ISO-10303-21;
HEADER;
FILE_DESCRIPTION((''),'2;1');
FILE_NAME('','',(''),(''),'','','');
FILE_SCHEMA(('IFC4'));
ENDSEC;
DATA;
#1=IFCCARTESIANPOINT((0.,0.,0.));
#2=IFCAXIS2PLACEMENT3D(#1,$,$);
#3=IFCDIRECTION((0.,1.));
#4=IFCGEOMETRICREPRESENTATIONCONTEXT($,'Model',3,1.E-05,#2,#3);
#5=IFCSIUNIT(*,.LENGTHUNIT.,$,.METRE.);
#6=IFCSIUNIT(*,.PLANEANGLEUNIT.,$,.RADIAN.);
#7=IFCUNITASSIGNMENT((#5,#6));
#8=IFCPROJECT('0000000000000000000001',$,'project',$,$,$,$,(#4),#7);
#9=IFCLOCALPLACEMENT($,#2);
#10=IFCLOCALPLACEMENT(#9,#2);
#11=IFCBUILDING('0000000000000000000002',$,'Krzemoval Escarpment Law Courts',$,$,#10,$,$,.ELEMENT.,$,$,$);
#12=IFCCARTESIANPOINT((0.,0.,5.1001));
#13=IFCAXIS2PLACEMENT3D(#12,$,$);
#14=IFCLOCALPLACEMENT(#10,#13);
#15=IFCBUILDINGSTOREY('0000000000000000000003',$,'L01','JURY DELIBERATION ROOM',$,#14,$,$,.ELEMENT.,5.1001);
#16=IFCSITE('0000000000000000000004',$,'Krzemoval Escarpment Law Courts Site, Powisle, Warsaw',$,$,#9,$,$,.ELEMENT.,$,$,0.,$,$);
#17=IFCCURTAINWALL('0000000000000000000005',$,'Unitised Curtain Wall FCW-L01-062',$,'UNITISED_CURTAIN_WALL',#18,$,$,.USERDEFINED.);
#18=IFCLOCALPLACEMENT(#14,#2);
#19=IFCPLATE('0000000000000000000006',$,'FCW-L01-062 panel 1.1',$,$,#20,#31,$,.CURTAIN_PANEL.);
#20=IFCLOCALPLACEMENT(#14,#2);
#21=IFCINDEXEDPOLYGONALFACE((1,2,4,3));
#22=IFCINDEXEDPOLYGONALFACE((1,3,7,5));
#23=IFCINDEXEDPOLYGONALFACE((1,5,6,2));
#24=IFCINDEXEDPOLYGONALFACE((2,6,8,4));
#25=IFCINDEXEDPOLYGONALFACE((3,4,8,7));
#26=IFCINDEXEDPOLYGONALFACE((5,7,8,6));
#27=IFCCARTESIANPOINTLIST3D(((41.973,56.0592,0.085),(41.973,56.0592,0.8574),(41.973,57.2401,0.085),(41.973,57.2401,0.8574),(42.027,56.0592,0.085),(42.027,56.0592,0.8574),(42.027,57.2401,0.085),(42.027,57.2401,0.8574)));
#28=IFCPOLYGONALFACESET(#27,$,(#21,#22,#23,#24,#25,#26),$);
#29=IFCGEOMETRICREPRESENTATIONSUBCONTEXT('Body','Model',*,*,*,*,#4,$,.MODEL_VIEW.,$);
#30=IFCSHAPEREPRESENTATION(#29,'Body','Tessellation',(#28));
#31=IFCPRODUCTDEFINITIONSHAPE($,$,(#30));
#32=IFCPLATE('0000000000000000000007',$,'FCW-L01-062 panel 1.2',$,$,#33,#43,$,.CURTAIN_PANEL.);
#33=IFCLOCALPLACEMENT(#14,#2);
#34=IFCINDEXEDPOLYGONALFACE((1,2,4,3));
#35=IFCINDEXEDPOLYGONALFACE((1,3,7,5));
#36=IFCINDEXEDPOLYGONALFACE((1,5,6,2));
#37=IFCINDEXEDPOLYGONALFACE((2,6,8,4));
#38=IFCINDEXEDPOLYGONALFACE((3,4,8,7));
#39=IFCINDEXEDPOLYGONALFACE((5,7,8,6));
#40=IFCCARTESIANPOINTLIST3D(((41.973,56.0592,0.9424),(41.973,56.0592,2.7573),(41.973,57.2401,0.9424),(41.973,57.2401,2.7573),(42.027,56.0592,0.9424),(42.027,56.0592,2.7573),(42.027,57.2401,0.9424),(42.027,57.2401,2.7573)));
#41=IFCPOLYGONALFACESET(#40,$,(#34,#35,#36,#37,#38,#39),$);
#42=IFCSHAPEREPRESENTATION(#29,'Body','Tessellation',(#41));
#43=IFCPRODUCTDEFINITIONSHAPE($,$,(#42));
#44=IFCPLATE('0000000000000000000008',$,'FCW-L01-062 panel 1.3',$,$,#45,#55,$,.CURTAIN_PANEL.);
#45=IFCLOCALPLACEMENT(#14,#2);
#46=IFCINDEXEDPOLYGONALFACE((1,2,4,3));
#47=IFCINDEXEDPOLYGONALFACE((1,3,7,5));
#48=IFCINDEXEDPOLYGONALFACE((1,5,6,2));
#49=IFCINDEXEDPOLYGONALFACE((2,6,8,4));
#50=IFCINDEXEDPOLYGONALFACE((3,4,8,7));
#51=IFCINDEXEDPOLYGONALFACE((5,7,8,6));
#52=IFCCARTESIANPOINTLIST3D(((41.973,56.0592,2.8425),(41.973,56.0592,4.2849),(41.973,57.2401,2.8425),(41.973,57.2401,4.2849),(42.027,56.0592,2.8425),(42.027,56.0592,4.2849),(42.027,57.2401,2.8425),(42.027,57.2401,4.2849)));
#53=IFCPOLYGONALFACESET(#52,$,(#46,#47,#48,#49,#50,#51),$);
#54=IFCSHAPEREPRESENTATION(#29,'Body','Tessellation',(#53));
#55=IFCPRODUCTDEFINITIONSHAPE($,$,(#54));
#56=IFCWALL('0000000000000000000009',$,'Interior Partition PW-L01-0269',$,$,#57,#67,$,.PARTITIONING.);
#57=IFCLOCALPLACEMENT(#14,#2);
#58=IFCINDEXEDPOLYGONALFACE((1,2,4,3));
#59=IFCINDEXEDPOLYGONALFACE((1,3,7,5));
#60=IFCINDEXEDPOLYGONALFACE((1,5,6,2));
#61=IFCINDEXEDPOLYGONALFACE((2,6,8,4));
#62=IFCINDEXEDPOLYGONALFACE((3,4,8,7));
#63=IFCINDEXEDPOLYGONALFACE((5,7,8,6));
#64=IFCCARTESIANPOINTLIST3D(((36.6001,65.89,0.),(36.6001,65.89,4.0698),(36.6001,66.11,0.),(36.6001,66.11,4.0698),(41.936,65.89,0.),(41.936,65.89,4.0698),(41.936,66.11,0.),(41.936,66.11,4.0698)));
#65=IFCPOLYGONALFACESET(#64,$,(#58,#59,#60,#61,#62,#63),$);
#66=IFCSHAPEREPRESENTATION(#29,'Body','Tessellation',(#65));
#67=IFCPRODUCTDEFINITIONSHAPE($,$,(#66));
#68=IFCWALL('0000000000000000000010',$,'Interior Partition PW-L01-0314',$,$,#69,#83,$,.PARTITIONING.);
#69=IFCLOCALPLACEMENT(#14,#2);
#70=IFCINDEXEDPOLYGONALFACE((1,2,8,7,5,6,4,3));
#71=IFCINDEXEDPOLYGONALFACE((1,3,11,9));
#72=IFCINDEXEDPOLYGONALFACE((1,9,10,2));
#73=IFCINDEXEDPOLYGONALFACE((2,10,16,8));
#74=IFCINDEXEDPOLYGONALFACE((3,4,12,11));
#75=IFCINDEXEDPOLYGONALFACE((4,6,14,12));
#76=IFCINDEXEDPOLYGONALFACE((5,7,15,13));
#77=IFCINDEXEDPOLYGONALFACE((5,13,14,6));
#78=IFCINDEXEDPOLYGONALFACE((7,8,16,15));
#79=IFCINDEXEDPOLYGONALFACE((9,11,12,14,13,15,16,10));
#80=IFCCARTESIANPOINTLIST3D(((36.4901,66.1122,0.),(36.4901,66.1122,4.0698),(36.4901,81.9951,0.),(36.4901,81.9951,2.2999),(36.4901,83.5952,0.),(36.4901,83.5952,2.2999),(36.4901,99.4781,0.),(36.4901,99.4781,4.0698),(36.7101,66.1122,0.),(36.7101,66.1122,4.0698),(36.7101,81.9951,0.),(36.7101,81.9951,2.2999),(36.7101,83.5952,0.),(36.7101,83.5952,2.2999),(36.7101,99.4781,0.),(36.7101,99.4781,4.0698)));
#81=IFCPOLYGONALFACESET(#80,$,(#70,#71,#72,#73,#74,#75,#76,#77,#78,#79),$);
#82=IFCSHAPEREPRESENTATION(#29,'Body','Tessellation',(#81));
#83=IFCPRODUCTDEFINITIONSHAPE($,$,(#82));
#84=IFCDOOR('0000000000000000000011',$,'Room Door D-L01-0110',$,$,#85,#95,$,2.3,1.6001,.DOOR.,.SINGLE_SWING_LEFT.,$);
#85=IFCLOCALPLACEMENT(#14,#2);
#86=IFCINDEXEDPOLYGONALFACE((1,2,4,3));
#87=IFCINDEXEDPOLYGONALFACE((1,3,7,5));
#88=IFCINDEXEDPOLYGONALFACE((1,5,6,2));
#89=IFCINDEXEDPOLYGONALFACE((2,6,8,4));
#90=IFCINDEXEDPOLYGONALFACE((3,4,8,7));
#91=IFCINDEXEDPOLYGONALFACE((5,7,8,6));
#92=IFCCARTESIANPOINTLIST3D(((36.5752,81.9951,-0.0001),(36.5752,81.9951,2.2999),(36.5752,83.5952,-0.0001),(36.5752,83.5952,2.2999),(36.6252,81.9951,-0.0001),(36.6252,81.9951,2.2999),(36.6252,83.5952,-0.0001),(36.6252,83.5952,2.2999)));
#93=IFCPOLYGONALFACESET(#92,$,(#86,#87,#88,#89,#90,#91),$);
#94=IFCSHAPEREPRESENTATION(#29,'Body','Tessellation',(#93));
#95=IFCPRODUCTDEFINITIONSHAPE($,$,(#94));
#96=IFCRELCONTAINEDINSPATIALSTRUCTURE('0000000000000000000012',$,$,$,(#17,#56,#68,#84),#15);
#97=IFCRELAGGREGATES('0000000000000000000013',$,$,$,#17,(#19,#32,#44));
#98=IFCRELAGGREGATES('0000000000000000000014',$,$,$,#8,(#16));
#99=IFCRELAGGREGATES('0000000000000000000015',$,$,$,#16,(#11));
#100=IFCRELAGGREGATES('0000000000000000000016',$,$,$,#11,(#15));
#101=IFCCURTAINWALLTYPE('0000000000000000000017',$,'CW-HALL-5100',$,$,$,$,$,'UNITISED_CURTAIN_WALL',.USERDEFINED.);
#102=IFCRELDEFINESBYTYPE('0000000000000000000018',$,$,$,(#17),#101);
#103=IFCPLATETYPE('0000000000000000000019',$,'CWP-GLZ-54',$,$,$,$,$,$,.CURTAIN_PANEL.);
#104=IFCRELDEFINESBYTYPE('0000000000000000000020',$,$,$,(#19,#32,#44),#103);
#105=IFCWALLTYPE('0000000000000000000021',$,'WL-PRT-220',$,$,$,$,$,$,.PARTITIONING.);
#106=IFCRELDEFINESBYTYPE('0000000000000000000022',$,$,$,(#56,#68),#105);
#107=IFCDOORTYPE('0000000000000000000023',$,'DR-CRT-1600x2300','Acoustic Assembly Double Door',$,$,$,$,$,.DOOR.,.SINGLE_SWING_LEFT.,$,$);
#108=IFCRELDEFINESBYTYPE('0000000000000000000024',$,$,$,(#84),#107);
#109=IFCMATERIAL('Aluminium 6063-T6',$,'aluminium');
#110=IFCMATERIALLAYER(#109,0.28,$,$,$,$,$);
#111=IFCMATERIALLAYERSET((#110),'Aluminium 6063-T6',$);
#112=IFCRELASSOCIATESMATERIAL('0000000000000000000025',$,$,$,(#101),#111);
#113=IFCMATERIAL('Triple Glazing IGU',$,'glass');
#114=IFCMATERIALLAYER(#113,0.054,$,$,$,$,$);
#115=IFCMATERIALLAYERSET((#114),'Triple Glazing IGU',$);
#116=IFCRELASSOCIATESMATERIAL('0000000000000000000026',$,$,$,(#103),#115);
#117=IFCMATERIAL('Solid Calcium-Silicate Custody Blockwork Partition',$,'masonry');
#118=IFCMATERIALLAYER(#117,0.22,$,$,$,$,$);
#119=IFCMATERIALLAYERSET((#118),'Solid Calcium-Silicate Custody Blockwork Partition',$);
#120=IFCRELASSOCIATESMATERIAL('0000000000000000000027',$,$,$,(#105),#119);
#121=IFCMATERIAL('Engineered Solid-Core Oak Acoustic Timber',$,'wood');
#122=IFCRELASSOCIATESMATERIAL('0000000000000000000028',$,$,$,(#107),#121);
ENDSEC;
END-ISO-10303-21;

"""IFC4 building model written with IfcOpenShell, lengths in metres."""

from ifc_helpers import new_model, si_unit, direction, frame, frame_2d, origin, origin_2d, place, context, subcontext, project, spatial, rectangle, extrude, material, layer, layer_set, type_object, element, fill, aggregate, save


model = new_model("IFC4")

# Units and contexts
model_context = context("Model", 3, precision=1e-05, world=origin(), true_north=direction((0.0, 1.0)))
body_context = subcontext(model_context, "Body", "Model", "MODEL_VIEW")
ifc_project = project(units=[si_unit("LENGTHUNIT", "METRE"), si_unit("PLANEANGLEUNIT", "RADIAN")], contexts=[model_context])

# Site, building, storey
site_placement = place(None, origin())
site = spatial("IfcSite", under=ifc_project, at=site_placement, Name="Krzemoval Escarpment Law Courts Site, Powisle, Warsaw", CompositionType="ELEMENT", RefElevation=0.0)
building_placement = place(site_placement, origin())
building = spatial("IfcBuilding", under=site, at=building_placement, Name="Krzemoval Escarpment Law Courts", CompositionType="ELEMENT")
storey_placement = place(building_placement, frame((0.0, 0.0, 5.1001)))
storey = spatial("IfcBuildingStorey", under=building, at=storey_placement, Name="L01", Description="JURY DELIBERATION ROOM", CompositionType="ELEMENT", Elevation=5.1001)

# Shared definitions
ifc_material_1 = material(Name="Aluminium 6063-T6", Category="aluminium")
ifc_layer_1 = layer(ifc_material_1, 0.28)
ifc_layer_set_1 = layer_set([ifc_layer_1], Name="Aluminium 6063-T6")
curtain_wall_type = type_object("IfcCurtainWallType", Name="CW-HALL-5100", ElementType="UNITISED_CURTAIN_WALL", PredefinedType="USERDEFINED", material=ifc_layer_set_1)

# Curtain wall
curtain_wall_1_placement = place(storey_placement, origin())
curtain_wall_1 = element("IfcCurtainWall", 1, at=curtain_wall_1_placement, inside=storey, type_object=curtain_wall_type, Name="Unitised Curtain Wall FCW-L01-062", ObjectType="UNITISED_CURTAIN_WALL", PredefinedType="USERDEFINED")

# Plates
ifc_material_2 = material(Name="Triple Glazing IGU", Category="glass")
ifc_layer_2 = layer(ifc_material_2, 0.054)
ifc_layer_set_2 = layer_set([ifc_layer_2], Name="Triple Glazing IGU")
plate_type = type_object("IfcPlateType", Name="CWP-GLZ-54", PredefinedType="CURTAIN_PANEL", material=ifc_layer_set_2)
plate_1_placement = place(storey_placement, frame((42.0, 56.6497, 0.085), z_axis=(0.0, 0.0, 1.0), x_axis=(0.0, -1.0, 0.0)))
plate_1 = element("IfcPlate", 2, at=plate_1_placement, type_object=plate_type, Name="FCW-L01-062 panel 1.1", PredefinedType="CURTAIN_PANEL", context=body_context, shape_type="SweptSolid", body=[
    extrude(rectangle(XDim=1.1809, YDim=0.054, at=origin_2d()), origin(), (0.0, 0.0, 1.0), 0.7725),
])
plate_2_placement = place(storey_placement, frame((42.0, 56.6497, 0.9424), z_axis=(0.0, 0.0, 1.0), x_axis=(0.0, -1.0, 0.0)))
plate_2 = element("IfcPlate", 3, at=plate_2_placement, type_object=plate_type, Name="FCW-L01-062 panel 1.2", PredefinedType="CURTAIN_PANEL", context=body_context, shape_type="SweptSolid", body=[
    extrude(rectangle(XDim=1.1809, YDim=0.054, at=origin_2d()), origin(), (0.0, 0.0, 1.0), 1.8149),
])
plate_3_placement = place(storey_placement, frame((42.0, 56.6497, 2.8425), z_axis=(0.0, 0.0, 1.0), x_axis=(0.0, -1.0, 0.0)))
plate_3 = element("IfcPlate", 4, at=plate_3_placement, type_object=plate_type, Name="FCW-L01-062 panel 1.3", PredefinedType="CURTAIN_PANEL", context=body_context, shape_type="SweptSolid", body=[
    extrude(rectangle(XDim=1.1809, YDim=0.054, at=origin_2d()), origin(), (0.0, 0.0, 1.0), 1.4424),
])
aggregate(curtain_wall_1, [plate_1, plate_2, plate_3])

# Wall
ifc_material_3 = material(Name="Solid Calcium-Silicate Custody Blockwork Partition", Category="masonry")
ifc_layer_3 = layer(ifc_material_3, 0.22)
ifc_layer_set_3 = layer_set([ifc_layer_3], Name="Solid Calcium-Silicate Custody Blockwork Partition")
wall_type = type_object("IfcWallType", Name="WL-PRT-220", PredefinedType="PARTITIONING", material=ifc_layer_set_3)
wall_1_placement = place(storey_placement, frame((36.6001, 66.0, 0.0), z_axis=(0.0, 0.0, 1.0), x_axis=(1.0, 0.0, 0.0)))
element("IfcWall", 5, at=wall_1_placement, inside=storey, type_object=wall_type, Name="Interior Partition PW-L01-0269", PredefinedType="PARTITIONING", context=body_context, shape_type="SweptSolid", body=[
    extrude(rectangle(XDim=5.3359, YDim=0.22, at=frame_2d((2.668, 0.0))), origin(), (0.0, 0.0, 1.0), 4.0698),
])

# Wall, opening, door
wall_2_placement = place(storey_placement, frame((36.6001, 66.1121, 0.0), z_axis=(0.0, 0.0, 1.0), x_axis=(0.0, 1.0, 0.0)))
wall_2 = element("IfcWall", 6, at=wall_2_placement, inside=storey, type_object=wall_type, Name="Interior Partition PW-L01-0314", PredefinedType="PARTITIONING", context=body_context, shape_type="SweptSolid", body=[
    extrude(rectangle(XDim=33.366, YDim=0.22, at=frame_2d((16.6831, 0.0))), origin(), (0.0, 0.0, 1.0), 4.0698),
])
opening_placement = place(wall_2_placement, frame((15.8831, 0.0, 0.0)))
opening = element("IfcOpeningElement", 7, at=opening_placement, cuts=wall_2, PredefinedType="OPENING", context=body_context, shape_type="SweptSolid", body=[
    extrude(rectangle(XDim=1.6001, YDim=2.3, at=frame_2d((0.8, 1.1499))), frame((0.0, 0.125, 0.0), z_axis=(0.0, -1.0, 0.0), x_axis=(1.0, 0.0, 0.0)), (0.0, 0.0, 1.0), 0.25),
])
ifc_material_4 = material(Name="Engineered Solid-Core Oak Acoustic Timber", Category="wood")
door_type = type_object("IfcDoorType", Name="DR-CRT-1600x2300", Description="Acoustic Assembly Double Door", OperationType="SINGLE_SWING_LEFT", PredefinedType="DOOR", material=ifc_material_4)
door_placement = place(opening_placement, origin())
door = element("IfcDoor", 8, at=door_placement, inside=storey, type_object=door_type, Name="Room Door D-L01-0110", OperationType="SINGLE_SWING_LEFT", OverallHeight=2.3, OverallWidth=1.6001, PredefinedType="DOOR", context=body_context, shape_type="SweptSolid", body=[
    extrude(rectangle(XDim=1.6001, YDim=2.3, at=frame_2d((0.8, 1.1499))), frame((0.0, 0.0249, 0.0), z_axis=(0.0, -1.0, 0.0), x_axis=(1.0, 0.0, 0.0)), (0.0, 0.0, 1.0), 0.05),
])
fill(opening, door)

save(model, "model.ifc")
